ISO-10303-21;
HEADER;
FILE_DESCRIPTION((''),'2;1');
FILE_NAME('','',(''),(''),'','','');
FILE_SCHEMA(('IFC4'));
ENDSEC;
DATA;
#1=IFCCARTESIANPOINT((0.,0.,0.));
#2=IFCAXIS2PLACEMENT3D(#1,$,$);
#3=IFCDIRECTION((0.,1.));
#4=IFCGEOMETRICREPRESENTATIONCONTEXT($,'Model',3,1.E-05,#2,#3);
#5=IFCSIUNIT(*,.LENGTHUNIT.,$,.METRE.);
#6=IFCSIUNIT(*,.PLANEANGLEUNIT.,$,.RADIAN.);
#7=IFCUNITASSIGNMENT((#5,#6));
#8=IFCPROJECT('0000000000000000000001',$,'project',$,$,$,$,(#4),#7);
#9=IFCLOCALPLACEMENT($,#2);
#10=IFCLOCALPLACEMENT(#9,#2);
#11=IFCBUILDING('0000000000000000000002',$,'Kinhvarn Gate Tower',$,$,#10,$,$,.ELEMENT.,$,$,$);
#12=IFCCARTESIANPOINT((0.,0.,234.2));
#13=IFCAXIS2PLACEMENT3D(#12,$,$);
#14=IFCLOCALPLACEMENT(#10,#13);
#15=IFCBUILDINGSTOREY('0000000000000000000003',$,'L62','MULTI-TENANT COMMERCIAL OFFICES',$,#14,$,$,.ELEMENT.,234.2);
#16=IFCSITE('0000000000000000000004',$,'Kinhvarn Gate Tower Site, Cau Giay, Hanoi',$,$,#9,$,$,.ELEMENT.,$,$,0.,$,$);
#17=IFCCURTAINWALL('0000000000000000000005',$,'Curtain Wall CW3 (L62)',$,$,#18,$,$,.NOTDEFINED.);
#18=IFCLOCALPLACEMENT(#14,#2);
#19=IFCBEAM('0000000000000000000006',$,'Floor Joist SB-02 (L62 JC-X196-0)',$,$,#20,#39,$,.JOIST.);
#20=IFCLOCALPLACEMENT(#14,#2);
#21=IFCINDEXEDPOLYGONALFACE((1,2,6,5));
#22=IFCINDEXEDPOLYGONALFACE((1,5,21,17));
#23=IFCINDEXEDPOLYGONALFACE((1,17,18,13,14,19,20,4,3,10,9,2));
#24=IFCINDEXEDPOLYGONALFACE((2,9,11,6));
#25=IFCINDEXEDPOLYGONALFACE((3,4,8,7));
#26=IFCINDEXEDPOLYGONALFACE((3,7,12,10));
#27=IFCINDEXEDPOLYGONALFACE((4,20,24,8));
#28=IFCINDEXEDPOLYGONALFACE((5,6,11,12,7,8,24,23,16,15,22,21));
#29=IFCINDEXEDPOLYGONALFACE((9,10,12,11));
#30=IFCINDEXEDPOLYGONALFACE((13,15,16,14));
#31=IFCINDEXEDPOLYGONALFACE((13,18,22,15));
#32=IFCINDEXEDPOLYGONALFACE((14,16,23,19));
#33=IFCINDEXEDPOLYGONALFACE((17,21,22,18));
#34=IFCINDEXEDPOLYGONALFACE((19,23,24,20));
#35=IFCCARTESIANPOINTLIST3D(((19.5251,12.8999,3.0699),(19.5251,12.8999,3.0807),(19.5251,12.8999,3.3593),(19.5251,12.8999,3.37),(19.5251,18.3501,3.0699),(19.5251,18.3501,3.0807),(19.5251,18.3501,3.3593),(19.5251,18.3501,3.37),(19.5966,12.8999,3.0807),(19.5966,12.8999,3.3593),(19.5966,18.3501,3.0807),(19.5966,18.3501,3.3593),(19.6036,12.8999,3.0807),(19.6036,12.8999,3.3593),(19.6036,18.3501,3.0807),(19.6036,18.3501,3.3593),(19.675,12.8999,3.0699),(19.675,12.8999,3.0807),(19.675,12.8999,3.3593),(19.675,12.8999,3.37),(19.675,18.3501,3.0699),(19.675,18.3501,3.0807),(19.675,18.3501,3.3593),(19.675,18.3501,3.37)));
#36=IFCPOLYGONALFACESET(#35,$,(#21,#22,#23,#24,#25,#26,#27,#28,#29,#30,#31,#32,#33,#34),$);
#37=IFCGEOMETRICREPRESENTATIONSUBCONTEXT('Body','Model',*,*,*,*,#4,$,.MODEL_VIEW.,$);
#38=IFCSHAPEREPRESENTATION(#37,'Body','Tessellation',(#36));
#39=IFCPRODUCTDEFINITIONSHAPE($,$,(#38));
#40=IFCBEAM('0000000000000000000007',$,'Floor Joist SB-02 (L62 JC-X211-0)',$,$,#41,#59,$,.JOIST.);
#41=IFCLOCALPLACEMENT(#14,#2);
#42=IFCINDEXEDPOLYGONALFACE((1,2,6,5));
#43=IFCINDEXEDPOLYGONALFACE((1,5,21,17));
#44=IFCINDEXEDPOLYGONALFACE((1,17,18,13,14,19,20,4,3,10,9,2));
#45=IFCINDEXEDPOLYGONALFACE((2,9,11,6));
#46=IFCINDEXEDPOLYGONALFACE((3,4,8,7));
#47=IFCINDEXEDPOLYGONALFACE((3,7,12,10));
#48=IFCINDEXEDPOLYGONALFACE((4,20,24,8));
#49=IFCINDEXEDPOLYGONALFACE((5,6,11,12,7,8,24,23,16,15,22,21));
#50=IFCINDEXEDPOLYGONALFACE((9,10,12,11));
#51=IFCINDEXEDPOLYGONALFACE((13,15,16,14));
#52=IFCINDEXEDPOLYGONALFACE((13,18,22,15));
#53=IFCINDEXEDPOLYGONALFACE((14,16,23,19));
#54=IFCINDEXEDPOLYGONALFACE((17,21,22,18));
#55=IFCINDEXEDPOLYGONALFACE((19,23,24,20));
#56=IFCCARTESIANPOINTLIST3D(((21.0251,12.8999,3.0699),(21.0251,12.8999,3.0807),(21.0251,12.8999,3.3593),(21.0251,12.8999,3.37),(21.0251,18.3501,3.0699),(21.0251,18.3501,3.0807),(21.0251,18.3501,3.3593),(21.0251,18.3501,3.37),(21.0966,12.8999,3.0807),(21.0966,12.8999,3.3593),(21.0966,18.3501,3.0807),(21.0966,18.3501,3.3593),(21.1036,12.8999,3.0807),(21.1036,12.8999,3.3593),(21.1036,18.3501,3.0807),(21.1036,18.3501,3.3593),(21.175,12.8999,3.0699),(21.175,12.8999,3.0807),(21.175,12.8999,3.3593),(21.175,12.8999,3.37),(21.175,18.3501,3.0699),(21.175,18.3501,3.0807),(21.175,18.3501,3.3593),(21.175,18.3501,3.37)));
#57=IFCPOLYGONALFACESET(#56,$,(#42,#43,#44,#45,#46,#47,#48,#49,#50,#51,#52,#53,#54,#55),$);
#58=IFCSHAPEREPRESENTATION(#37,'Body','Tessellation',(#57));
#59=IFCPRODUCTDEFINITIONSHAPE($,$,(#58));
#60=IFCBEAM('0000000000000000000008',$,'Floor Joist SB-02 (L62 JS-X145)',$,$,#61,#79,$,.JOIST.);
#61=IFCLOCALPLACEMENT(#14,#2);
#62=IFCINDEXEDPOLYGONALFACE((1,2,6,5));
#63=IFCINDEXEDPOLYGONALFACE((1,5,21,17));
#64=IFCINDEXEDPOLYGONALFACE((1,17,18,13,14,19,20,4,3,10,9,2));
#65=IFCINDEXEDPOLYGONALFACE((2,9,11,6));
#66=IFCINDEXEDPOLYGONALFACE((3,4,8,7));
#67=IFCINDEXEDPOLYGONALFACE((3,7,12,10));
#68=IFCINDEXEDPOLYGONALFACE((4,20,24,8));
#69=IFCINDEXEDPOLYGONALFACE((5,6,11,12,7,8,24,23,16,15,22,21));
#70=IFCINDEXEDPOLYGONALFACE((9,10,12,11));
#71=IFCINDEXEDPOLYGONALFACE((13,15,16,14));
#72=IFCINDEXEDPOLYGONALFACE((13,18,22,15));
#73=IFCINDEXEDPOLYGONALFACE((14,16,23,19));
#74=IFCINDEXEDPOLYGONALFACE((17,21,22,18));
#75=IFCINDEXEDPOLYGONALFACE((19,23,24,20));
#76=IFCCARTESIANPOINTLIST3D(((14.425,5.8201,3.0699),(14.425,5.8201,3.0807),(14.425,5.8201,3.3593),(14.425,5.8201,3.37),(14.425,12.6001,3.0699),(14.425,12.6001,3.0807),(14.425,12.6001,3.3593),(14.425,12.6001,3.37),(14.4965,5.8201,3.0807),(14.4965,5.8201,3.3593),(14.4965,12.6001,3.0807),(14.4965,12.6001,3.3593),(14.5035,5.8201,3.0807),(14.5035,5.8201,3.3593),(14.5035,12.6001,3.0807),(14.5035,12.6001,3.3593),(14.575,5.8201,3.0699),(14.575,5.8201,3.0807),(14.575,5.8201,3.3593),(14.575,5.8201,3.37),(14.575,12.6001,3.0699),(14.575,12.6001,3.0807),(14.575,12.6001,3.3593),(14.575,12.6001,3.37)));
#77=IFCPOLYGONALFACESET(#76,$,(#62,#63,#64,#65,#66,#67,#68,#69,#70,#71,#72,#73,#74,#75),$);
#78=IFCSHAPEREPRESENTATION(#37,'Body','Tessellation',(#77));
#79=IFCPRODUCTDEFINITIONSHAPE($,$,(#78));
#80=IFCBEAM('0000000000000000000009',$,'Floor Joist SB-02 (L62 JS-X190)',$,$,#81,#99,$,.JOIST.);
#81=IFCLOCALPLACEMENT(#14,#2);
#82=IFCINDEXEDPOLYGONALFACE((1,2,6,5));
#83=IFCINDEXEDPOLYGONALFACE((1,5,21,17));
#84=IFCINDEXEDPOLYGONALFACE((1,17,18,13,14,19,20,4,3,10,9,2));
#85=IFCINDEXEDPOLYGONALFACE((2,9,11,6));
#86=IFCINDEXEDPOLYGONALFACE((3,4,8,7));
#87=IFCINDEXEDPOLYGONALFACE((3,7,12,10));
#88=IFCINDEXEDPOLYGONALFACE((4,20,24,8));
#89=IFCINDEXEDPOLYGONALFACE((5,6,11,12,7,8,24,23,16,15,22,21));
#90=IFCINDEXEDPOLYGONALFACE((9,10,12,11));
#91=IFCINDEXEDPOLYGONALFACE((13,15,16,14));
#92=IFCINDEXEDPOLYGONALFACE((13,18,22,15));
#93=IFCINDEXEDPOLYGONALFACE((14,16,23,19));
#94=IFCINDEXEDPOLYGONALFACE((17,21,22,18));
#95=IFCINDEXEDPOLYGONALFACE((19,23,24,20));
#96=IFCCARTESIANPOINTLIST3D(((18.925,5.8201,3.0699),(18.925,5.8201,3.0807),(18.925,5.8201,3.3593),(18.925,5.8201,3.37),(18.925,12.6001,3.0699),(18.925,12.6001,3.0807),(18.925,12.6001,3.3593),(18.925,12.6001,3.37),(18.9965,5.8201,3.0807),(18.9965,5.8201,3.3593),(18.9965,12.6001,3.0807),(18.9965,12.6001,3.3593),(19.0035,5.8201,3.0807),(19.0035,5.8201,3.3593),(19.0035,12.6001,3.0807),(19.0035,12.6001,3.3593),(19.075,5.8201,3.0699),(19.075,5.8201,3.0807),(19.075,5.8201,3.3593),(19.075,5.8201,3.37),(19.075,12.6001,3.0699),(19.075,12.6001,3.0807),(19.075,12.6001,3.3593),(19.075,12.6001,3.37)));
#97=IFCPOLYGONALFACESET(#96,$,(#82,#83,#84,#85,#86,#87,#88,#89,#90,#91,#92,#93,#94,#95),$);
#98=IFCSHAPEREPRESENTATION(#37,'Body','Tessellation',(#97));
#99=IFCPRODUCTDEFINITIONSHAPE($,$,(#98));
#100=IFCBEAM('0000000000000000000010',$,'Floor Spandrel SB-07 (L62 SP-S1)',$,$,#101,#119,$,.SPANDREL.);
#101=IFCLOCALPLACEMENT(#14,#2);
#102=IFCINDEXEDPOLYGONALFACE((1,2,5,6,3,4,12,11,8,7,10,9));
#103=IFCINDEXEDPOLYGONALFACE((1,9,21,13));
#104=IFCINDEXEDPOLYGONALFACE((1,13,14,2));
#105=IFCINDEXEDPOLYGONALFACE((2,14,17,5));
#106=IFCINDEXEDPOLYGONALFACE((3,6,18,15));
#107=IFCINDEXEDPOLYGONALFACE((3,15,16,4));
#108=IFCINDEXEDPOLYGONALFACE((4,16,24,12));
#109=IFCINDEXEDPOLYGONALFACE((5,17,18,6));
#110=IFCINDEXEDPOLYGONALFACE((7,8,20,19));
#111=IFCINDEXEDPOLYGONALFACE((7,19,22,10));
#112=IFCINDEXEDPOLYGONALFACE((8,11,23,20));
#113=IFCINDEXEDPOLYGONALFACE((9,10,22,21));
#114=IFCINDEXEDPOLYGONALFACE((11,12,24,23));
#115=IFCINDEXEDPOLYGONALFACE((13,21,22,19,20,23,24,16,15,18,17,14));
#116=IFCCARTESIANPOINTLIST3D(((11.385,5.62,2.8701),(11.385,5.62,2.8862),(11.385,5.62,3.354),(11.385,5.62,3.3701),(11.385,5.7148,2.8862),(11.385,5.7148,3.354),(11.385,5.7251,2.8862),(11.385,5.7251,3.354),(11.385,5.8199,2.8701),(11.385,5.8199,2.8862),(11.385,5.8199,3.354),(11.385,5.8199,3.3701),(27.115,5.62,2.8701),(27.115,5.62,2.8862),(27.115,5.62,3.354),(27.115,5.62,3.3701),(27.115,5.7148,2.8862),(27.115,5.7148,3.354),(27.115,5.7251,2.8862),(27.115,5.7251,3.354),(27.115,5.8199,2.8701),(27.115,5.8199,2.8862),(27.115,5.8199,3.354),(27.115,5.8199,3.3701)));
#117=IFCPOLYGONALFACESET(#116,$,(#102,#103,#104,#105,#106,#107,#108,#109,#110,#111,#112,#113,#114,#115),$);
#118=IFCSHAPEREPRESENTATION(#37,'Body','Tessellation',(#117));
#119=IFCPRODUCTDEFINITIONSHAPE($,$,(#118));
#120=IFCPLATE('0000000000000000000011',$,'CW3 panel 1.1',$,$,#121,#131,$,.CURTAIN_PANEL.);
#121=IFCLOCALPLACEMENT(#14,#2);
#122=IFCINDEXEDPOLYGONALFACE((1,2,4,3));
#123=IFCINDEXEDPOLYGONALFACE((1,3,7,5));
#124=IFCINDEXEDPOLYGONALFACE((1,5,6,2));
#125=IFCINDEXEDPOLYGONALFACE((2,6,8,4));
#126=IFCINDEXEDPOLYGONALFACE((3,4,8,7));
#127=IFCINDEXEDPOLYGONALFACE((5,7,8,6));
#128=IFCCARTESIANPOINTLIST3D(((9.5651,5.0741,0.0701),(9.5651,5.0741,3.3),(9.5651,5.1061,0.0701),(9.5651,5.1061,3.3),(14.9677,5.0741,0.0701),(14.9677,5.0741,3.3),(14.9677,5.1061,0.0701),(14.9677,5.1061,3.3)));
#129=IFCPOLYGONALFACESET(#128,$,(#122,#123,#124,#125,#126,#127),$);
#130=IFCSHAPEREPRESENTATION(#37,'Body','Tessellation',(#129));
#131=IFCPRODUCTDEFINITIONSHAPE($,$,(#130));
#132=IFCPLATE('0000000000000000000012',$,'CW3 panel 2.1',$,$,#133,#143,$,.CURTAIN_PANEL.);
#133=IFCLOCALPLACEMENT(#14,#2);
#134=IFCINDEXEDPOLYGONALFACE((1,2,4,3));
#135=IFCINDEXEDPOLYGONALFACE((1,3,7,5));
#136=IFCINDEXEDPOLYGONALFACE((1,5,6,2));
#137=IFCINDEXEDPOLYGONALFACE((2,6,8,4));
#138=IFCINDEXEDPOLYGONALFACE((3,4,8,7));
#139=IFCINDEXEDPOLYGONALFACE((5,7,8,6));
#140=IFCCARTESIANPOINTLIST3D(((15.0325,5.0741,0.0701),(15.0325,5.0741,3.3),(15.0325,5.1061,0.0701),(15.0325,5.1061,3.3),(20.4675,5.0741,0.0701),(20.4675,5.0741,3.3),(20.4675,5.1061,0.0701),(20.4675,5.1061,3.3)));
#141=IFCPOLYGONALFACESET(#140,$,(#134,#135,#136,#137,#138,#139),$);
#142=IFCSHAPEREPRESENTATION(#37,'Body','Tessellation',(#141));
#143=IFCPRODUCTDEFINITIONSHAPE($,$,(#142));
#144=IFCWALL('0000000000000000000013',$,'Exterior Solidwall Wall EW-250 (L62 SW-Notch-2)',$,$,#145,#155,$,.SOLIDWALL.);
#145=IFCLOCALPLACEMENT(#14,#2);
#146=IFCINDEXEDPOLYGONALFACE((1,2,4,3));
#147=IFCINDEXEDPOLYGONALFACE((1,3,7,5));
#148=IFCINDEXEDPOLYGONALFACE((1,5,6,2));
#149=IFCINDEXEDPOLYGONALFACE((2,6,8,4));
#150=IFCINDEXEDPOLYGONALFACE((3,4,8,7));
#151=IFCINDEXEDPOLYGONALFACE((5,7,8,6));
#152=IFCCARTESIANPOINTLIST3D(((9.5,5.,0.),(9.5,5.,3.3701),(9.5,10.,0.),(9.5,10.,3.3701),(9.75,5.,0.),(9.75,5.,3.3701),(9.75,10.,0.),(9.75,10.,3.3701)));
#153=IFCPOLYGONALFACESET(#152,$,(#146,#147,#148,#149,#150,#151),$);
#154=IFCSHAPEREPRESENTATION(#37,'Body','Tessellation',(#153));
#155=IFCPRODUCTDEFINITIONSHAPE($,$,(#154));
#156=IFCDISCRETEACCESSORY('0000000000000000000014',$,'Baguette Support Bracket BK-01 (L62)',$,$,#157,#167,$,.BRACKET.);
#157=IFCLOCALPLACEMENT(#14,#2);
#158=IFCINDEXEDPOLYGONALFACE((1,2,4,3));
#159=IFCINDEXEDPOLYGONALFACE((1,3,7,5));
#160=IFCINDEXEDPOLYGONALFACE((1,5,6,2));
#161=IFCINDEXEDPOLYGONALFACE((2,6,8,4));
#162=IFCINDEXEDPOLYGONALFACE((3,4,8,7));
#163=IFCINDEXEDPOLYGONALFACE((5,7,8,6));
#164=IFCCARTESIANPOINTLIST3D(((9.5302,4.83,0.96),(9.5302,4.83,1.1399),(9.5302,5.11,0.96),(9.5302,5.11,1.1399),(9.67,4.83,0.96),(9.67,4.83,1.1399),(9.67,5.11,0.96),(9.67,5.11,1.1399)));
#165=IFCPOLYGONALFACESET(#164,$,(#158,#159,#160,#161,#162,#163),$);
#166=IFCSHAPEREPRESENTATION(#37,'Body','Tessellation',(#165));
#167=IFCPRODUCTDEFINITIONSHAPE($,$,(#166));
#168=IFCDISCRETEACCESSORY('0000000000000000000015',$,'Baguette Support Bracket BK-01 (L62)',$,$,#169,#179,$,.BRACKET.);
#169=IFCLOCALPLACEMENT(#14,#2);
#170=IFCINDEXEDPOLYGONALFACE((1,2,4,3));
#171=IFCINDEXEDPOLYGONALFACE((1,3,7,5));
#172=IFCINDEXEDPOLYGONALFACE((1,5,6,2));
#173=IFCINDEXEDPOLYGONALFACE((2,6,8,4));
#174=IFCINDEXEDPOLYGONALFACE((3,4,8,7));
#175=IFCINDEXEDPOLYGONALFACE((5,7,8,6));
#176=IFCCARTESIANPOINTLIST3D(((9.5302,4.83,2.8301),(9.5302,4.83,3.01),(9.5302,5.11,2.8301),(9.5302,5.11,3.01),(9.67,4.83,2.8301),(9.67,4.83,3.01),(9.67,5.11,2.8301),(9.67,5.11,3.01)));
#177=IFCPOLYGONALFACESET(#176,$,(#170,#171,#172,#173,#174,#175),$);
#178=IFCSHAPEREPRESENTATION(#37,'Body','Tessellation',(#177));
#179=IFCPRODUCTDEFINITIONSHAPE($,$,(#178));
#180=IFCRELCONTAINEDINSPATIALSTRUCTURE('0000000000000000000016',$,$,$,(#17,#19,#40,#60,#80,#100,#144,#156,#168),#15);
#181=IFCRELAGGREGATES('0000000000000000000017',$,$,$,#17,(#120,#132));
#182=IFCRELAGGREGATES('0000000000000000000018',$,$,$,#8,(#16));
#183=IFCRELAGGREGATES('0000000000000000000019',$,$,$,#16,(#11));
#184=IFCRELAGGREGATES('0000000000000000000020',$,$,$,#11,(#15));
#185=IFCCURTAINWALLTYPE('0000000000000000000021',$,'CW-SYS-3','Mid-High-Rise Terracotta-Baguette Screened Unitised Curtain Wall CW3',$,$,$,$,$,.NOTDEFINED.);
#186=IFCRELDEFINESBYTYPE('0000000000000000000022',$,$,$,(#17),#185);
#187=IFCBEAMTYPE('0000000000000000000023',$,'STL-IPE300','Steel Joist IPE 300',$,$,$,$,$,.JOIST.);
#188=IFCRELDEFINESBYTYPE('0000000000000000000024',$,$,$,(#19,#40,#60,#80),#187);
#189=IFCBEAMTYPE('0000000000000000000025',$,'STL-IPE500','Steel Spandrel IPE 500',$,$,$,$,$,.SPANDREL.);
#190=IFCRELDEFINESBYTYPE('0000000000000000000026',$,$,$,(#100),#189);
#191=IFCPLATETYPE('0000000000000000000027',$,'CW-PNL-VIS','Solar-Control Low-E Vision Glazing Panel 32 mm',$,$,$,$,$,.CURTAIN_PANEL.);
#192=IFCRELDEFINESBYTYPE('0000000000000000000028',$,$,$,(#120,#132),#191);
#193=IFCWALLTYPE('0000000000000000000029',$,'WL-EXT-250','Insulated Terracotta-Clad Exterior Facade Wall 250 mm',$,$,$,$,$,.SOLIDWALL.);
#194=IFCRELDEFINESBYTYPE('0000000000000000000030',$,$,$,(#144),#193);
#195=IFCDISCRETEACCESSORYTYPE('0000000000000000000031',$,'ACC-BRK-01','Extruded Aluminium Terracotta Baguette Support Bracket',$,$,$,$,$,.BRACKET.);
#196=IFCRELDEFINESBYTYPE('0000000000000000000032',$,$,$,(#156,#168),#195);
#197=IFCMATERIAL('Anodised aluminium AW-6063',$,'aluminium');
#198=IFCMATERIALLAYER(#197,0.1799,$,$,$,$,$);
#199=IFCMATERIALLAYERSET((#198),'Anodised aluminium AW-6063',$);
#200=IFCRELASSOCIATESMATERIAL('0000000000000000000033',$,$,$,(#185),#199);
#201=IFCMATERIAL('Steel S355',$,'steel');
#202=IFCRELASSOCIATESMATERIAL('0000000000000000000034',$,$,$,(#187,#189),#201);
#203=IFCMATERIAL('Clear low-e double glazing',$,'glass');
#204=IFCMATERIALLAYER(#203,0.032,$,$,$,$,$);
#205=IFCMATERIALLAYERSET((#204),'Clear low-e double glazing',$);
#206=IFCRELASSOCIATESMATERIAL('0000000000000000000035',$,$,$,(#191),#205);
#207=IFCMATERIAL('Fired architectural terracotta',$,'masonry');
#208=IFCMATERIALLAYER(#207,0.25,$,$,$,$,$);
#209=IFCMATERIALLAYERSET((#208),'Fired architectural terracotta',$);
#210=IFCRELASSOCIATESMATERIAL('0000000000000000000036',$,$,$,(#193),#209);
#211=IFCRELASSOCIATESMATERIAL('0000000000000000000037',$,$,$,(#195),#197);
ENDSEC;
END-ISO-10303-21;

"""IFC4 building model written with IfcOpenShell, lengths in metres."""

from ifc_helpers import new_model, si_unit, direction, frame, frame_2d, origin, origin_2d, place, context, subcontext, project, spatial, rectangle, i_section, extrude, material, layer, layer_set, material_profile, profile_set, type_object, element, aggregate, save


model = new_model("IFC4")

# Units and contexts
model_context = context("Model", 3, precision=1e-05, world=origin(), true_north=direction((0.0, 1.0)))
body_context = subcontext(model_context, "Body", "Model", "MODEL_VIEW")
ifc_project = project(units=[si_unit("LENGTHUNIT", "METRE"), si_unit("PLANEANGLEUNIT", "RADIAN")], contexts=[model_context])

# Site, building, storey
site_placement = place(None, origin())
site = spatial("IfcSite", under=ifc_project, at=site_placement, Name="Kinhvarn Gate Tower Site, Cau Giay, Hanoi", CompositionType="ELEMENT", RefElevation=0.0)
building_placement = place(site_placement, origin())
building = spatial("IfcBuilding", under=site, at=building_placement, Name="Kinhvarn Gate Tower", CompositionType="ELEMENT")
storey_placement = place(building_placement, frame((0.0, 0.0, 234.2)))
storey = spatial("IfcBuildingStorey", under=building, at=storey_placement, Name="L62", Description="MULTI-TENANT COMMERCIAL OFFICES", CompositionType="ELEMENT", Elevation=234.2)

# Curtain wall
ifc_material_1 = material(Name="Anodised aluminium AW-6063", Category="aluminium")
ifc_layer_1 = layer(ifc_material_1, 0.1799)
ifc_layer_set_1 = layer_set([ifc_layer_1], Name="Anodised aluminium AW-6063")
curtain_wall_type = type_object("IfcCurtainWallType", Name="CW-SYS-3", Description="Mid-High-Rise Terracotta-Baguette Screened Unitised Curtain Wall CW3", PredefinedType="NOTDEFINED", material=ifc_layer_set_1)
curtain_wall_placement = place(storey_placement, origin())
curtain_wall = element("IfcCurtainWall", 1, at=curtain_wall_placement, inside=storey, type_object=curtain_wall_type, Name="Curtain Wall CW3 (L62)", PredefinedType="NOTDEFINED")

# Beams
ifc_material_2 = material(Name="Steel S355", Category="steel")
ifc_material_profile_1 = material_profile(ifc_material_2, i_section(OverallWidth=0.1499, OverallDepth=0.3, WebThickness=0.0071, FlangeThickness=0.0107, at=origin_2d()), Name="IPE 300")
ifc_profile_set_1 = profile_set([ifc_material_profile_1], Name="Steel S355")
beam_type_1 = type_object("IfcBeamType", Name="STL-IPE300", Description="Steel Joist IPE 300", PredefinedType="JOIST", material=ifc_profile_set_1)
for number, where, z_axis, x_axis, name in (
    (2, (19.6001, 12.8999, 3.22), (0.0, 1.0, 0.0), (-1.0, 0.0, 0.0), "Floor Joist SB-02 (L62 JC-X196-0)"),
    (3, (21.1001, 12.8999, 3.22), (0.0, 1.0, 0.0), (-1.0, 0.0, 0.0), "Floor Joist SB-02 (L62 JC-X211-0)"),
):
    element("IfcBeam", number, at=place(storey_placement, frame(where, z_axis=z_axis, x_axis=x_axis)), inside=storey, type_object=beam_type_1, Name=name, PredefinedType="JOIST", context=body_context, shape_type="SweptSolid", body=[
        extrude(i_section(OverallWidth=0.1499, OverallDepth=0.3, WebThickness=0.0071, FlangeThickness=0.0107, at=origin_2d()), origin(), (0.0, 0.0, 1.0), 5.4502),
    ])
for number, where, z_axis, x_axis, name in (
    (4, (14.5, 5.8201, 3.22), (0.0, 1.0, 0.0), (-1.0, 0.0, 0.0), "Floor Joist SB-02 (L62 JS-X145)"),
    (5, (19.0, 5.8201, 3.22), (0.0, 1.0, 0.0), (-1.0, 0.0, 0.0), "Floor Joist SB-02 (L62 JS-X190)"),
):
    element("IfcBeam", number, at=place(storey_placement, frame(where, z_axis=z_axis, x_axis=x_axis)), inside=storey, type_object=beam_type_1, Name=name, PredefinedType="JOIST", context=body_context, shape_type="SweptSolid", body=[
        extrude(i_section(OverallWidth=0.1499, OverallDepth=0.3, WebThickness=0.0071, FlangeThickness=0.0107, at=origin_2d()), origin(), (0.0, 0.0, 1.0), 6.78),
    ])
ifc_material_profile_2 = material_profile(ifc_material_2, i_section(OverallWidth=0.2, OverallDepth=0.5, WebThickness=0.0103, FlangeThickness=0.0161, at=origin_2d()), Name="IPE 500")
ifc_profile_set_2 = profile_set([ifc_material_profile_2], Name="Steel S355")
beam_type_2 = type_object("IfcBeamType", Name="STL-IPE500", Description="Steel Spandrel IPE 500", PredefinedType="SPANDREL", material=ifc_profile_set_2)
beam_1_placement = place(storey_placement, frame((11.385, 5.72, 3.1201), z_axis=(1.0, 0.0, 0.0), x_axis=(0.0, 1.0, 0.0)))
element("IfcBeam", 6, at=beam_1_placement, inside=storey, type_object=beam_type_2, Name="Floor Spandrel SB-07 (L62 SP-S1)", PredefinedType="SPANDREL", context=body_context, shape_type="SweptSolid", body=[
    extrude(i_section(OverallWidth=0.2, OverallDepth=0.5, WebThickness=0.0103, FlangeThickness=0.0161, at=origin_2d()), origin(), (0.0, 0.0, 1.0), 15.73),
])

# Plates
ifc_material_3 = material(Name="Clear low-e double glazing", Category="glass")
ifc_layer_2 = layer(ifc_material_3, 0.032)
ifc_layer_set_2 = layer_set([ifc_layer_2], Name="Clear low-e double glazing")
plate_type = type_object("IfcPlateType", Name="CW-PNL-VIS", Description="Solar-Control Low-E Vision Glazing Panel 32 mm", PredefinedType="CURTAIN_PANEL", material=ifc_layer_set_2)
plate_1_placement = place(storey_placement, frame((12.2664, 5.0901, 0.0701), z_axis=(0.0, 0.0, 1.0), x_axis=(1.0, 0.0, 0.0)))
plate_1 = element("IfcPlate", 7, at=plate_1_placement, type_object=plate_type, Name="CW3 panel 1.1", PredefinedType="CURTAIN_PANEL", context=body_context, shape_type="SweptSolid", body=[
    extrude(rectangle(XDim=5.4026, YDim=0.032, at=origin_2d()), origin(), (0.0, 0.0, 1.0), 3.23),
])
plate_2_placement = place(storey_placement, frame((17.75, 5.0901, 0.0701), z_axis=(0.0, 0.0, 1.0), x_axis=(1.0, 0.0, 0.0)))
plate_2 = element("IfcPlate", 8, at=plate_2_placement, type_object=plate_type, Name="CW3 panel 2.1", PredefinedType="CURTAIN_PANEL", context=body_context, shape_type="SweptSolid", body=[
    extrude(rectangle(XDim=5.4351, YDim=0.032, at=origin_2d()), origin(), (0.0, 0.0, 1.0), 3.23),
])
aggregate(curtain_wall, [plate_1, plate_2])

# Wall
ifc_material_4 = material(Name="Fired architectural terracotta", Category="masonry")
ifc_layer_3 = layer(ifc_material_4, 0.25)
ifc_layer_set_3 = layer_set([ifc_layer_3], Name="Fired architectural terracotta")
wall_type = type_object("IfcWallType", Name="WL-EXT-250", Description="Insulated Terracotta-Clad Exterior Facade Wall 250 mm", PredefinedType="SOLIDWALL", material=ifc_layer_set_3)
wall_placement = place(storey_placement, frame((9.625, 10.0, 0.0), z_axis=(0.0, 0.0, 1.0), x_axis=(0.0, -1.0, 0.0)))
element("IfcWall", 9, at=wall_placement, inside=storey, type_object=wall_type, Name="Exterior Solidwall Wall EW-250 (L62 SW-Notch-2)", PredefinedType="SOLIDWALL", context=body_context, shape_type="SweptSolid", body=[
    extrude(rectangle(XDim=5.0, YDim=0.25, at=frame_2d((2.5, 0.0))), origin(), (0.0, 0.0, 1.0), 3.3701),
])

# Discrete accessories
discrete_accessory_type = type_object("IfcDiscreteAccessoryType", Name="ACC-BRK-01", Description="Extruded Aluminium Terracotta Baguette Support Bracket", PredefinedType="BRACKET", material=ifc_material_1)
for number, where, z_axis, x_axis, name in (
    (10, (9.6001, 4.97, 0.96), (0.0, 0.0, 1.0), (1.0, 0.0, 0.0), "Baguette Support Bracket BK-01 (L62)"),
    (11, (9.6001, 4.97, 2.8301), (0.0, 0.0, 1.0), (1.0, 0.0, 0.0), "Baguette Support Bracket BK-01 (L62)"),
):
    element("IfcDiscreteAccessory", number, at=place(storey_placement, frame(where, z_axis=z_axis, x_axis=x_axis)), inside=storey, type_object=discrete_accessory_type, Name=name, PredefinedType="BRACKET", context=body_context, shape_type="SweptSolid", body=[
        extrude(rectangle(XDim=0.1399, YDim=0.28, at=origin_2d()), origin(), (0.0, 0.0, 1.0), 0.1799),
    ])

save(model, "model.ifc")
